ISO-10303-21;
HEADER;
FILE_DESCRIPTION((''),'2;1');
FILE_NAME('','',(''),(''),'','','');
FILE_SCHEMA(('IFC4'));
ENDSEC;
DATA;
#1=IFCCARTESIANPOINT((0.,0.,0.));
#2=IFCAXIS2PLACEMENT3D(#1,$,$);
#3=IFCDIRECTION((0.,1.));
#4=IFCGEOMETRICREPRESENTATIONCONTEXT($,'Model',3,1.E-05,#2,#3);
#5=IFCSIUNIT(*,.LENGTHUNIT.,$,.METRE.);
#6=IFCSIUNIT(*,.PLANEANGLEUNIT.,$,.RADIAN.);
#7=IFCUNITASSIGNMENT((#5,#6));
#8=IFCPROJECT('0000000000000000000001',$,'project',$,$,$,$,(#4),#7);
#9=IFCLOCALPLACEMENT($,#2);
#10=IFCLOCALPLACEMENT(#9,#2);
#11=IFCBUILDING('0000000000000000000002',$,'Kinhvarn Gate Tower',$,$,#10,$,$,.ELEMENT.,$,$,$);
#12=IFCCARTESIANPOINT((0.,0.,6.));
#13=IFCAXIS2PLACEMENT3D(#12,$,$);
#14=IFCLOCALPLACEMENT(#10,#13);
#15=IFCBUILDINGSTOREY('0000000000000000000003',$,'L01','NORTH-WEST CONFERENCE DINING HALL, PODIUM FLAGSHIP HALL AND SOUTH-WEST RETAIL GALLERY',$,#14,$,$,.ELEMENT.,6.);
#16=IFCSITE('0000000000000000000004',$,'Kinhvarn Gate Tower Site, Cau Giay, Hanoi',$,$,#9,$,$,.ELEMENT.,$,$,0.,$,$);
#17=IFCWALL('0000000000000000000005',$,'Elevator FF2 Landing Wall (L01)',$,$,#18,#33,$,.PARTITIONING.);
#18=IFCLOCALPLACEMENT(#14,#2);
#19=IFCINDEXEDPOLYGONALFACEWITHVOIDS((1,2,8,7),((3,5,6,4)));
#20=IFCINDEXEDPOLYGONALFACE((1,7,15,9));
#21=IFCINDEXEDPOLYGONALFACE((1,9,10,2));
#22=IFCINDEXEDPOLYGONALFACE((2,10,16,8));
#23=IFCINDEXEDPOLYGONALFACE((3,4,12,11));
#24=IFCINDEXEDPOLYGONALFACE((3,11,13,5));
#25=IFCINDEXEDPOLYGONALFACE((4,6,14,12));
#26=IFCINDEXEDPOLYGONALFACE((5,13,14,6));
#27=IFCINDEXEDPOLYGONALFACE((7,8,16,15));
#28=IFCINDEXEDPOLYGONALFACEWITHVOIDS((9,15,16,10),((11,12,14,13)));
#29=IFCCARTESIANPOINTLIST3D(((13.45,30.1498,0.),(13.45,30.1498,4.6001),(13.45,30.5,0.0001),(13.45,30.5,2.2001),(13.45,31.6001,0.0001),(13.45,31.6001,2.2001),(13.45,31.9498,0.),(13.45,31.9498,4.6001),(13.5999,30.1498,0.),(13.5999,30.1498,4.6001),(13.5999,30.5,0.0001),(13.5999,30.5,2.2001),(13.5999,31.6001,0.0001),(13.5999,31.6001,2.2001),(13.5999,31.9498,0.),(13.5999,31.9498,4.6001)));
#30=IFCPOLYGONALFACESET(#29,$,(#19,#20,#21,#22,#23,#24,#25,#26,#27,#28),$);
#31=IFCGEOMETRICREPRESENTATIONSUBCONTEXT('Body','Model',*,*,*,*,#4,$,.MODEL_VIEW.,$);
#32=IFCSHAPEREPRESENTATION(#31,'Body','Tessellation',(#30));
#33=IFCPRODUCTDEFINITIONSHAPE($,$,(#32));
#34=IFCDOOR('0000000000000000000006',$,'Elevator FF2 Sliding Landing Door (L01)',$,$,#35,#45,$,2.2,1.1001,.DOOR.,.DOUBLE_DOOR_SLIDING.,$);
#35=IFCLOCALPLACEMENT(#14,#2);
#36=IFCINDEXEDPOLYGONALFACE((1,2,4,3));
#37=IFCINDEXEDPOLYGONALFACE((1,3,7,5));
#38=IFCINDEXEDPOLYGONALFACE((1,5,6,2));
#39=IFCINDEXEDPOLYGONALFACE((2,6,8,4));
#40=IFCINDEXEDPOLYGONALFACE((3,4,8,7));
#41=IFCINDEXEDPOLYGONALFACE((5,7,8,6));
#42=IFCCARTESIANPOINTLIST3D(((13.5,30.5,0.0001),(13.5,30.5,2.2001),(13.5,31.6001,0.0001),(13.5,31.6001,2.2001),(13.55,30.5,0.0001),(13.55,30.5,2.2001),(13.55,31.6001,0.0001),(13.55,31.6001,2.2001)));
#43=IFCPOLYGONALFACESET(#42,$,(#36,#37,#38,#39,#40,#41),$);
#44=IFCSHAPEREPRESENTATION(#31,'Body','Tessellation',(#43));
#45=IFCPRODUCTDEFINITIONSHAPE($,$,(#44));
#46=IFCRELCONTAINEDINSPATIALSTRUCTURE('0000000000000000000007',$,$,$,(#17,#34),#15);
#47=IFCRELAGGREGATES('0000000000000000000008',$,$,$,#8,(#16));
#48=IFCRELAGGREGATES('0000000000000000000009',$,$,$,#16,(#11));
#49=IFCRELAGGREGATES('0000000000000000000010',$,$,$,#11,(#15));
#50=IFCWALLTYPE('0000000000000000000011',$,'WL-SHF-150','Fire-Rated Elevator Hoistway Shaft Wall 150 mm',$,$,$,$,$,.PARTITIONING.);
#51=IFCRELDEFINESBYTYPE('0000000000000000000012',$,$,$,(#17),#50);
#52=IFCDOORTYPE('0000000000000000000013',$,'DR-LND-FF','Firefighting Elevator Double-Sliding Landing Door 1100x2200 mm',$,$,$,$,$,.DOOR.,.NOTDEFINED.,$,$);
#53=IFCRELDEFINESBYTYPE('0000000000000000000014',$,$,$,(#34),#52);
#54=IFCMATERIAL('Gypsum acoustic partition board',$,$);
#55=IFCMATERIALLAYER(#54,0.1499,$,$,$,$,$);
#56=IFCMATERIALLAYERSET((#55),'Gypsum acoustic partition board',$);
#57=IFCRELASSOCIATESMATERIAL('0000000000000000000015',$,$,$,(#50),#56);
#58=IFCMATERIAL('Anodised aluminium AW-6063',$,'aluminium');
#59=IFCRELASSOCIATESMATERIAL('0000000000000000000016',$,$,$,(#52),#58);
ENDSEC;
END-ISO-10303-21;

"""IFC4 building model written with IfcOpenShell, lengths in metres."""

from ifc_helpers import new_model, si_unit, direction, frame, frame_2d, origin, place, context, subcontext, project, spatial, rectangle, extrude, material, layer, layer_set, type_object, element, fill, save


model = new_model("IFC4")

# Units and contexts
model_context = context("Model", 3, precision=1e-05, world=origin(), true_north=direction((0.0, 1.0)))
body_context = subcontext(model_context, "Body", "Model", "MODEL_VIEW")
ifc_project = project(units=[si_unit("LENGTHUNIT", "METRE"), si_unit("PLANEANGLEUNIT", "RADIAN")], contexts=[model_context])

# Site, building, storey
site_placement = place(None, origin())
site = spatial("IfcSite", under=ifc_project, at=site_placement, Name="Kinhvarn Gate Tower Site, Cau Giay, Hanoi", CompositionType="ELEMENT", RefElevation=0.0)
building_placement = place(site_placement, origin())
building = spatial("IfcBuilding", under=site, at=building_placement, Name="Kinhvarn Gate Tower", CompositionType="ELEMENT")
storey_placement = place(building_placement, frame((0.0, 0.0, 6.0)))
storey = spatial("IfcBuildingStorey", under=building, at=storey_placement, Name="L01", Description="NORTH-WEST CONFERENCE DINING HALL, PODIUM FLAGSHIP HALL AND SOUTH-WEST RETAIL GALLERY", CompositionType="ELEMENT", Elevation=6.0)

# Shared definitions
ifc_material_1 = material(Name="Anodised aluminium AW-6063", Category="aluminium")

# Shared definitions
ifc_material_2 = material(Name="Gypsum acoustic partition board")
ifc_layer_1 = layer(ifc_material_2, 0.1499)
ifc_layer_set_1 = layer_set([ifc_layer_1], Name="Gypsum acoustic partition board")
wall_type_1 = type_object("IfcWallType", Name="WL-SHF-150", Description="Fire-Rated Elevator Hoistway Shaft Wall 150 mm", PredefinedType="PARTITIONING", material=ifc_layer_set_1)

# Wall, opening, door
wall_1_placement = place(storey_placement, frame((13.5249, 30.1499, 0.0), z_axis=(0.0, 0.0, 1.0), x_axis=(0.0, 1.0, 0.0)))
wall_1 = element("IfcWall", 1, at=wall_1_placement, inside=storey, type_object=wall_type_1, Name="Elevator FF2 Landing Wall (L01)", PredefinedType="PARTITIONING", context=body_context, shape_type="SweptSolid", body=[
    extrude(rectangle(XDim=1.8, YDim=0.1499, at=frame_2d((0.8999, 0.0))), origin(), (0.0, 0.0, 1.0), 4.6001),
])
opening_1_placement = place(wall_1_placement, frame((0.3501, 0.0, 0.0)))
opening_1 = element("IfcOpeningElement", 2, at=opening_1_placement, cuts=wall_1, PredefinedType="OPENING", context=body_context, shape_type="SweptSolid", body=[
    extrude(rectangle(XDim=1.1001, YDim=2.2, at=frame_2d((0.55, 1.1001))), frame((0.0, 0.085, 0.0), z_axis=(0.0, -1.0, 0.0), x_axis=(1.0, 0.0, 0.0)), (0.0, 0.0, 1.0), 0.1699),
])
door_type_1 = type_object("IfcDoorType", Name="DR-LND-FF", Description="Firefighting Elevator Double-Sliding Landing Door 1100x2200 mm", OperationType="NOTDEFINED", PredefinedType="DOOR", material=ifc_material_1)
door_1_placement = place(opening_1_placement, origin())
door_1 = element("IfcDoor", 3, at=door_1_placement, inside=storey, type_object=door_type_1, Name="Elevator FF2 Sliding Landing Door (L01)", OperationType="DOUBLE_DOOR_SLIDING", OverallHeight=2.2, OverallWidth=1.1001, PredefinedType="DOOR", context=body_context, shape_type="SweptSolid", body=[
    extrude(rectangle(XDim=1.1001, YDim=2.2, at=frame_2d((0.55, 1.1001))), frame((0.0, 0.0249, 0.0), z_axis=(0.0, -1.0, 0.0), x_axis=(1.0, 0.0, 0.0)), (0.0, 0.0, 1.0), 0.05),
])
fill(opening_1, door_1)

save(model, "model.ifc")
